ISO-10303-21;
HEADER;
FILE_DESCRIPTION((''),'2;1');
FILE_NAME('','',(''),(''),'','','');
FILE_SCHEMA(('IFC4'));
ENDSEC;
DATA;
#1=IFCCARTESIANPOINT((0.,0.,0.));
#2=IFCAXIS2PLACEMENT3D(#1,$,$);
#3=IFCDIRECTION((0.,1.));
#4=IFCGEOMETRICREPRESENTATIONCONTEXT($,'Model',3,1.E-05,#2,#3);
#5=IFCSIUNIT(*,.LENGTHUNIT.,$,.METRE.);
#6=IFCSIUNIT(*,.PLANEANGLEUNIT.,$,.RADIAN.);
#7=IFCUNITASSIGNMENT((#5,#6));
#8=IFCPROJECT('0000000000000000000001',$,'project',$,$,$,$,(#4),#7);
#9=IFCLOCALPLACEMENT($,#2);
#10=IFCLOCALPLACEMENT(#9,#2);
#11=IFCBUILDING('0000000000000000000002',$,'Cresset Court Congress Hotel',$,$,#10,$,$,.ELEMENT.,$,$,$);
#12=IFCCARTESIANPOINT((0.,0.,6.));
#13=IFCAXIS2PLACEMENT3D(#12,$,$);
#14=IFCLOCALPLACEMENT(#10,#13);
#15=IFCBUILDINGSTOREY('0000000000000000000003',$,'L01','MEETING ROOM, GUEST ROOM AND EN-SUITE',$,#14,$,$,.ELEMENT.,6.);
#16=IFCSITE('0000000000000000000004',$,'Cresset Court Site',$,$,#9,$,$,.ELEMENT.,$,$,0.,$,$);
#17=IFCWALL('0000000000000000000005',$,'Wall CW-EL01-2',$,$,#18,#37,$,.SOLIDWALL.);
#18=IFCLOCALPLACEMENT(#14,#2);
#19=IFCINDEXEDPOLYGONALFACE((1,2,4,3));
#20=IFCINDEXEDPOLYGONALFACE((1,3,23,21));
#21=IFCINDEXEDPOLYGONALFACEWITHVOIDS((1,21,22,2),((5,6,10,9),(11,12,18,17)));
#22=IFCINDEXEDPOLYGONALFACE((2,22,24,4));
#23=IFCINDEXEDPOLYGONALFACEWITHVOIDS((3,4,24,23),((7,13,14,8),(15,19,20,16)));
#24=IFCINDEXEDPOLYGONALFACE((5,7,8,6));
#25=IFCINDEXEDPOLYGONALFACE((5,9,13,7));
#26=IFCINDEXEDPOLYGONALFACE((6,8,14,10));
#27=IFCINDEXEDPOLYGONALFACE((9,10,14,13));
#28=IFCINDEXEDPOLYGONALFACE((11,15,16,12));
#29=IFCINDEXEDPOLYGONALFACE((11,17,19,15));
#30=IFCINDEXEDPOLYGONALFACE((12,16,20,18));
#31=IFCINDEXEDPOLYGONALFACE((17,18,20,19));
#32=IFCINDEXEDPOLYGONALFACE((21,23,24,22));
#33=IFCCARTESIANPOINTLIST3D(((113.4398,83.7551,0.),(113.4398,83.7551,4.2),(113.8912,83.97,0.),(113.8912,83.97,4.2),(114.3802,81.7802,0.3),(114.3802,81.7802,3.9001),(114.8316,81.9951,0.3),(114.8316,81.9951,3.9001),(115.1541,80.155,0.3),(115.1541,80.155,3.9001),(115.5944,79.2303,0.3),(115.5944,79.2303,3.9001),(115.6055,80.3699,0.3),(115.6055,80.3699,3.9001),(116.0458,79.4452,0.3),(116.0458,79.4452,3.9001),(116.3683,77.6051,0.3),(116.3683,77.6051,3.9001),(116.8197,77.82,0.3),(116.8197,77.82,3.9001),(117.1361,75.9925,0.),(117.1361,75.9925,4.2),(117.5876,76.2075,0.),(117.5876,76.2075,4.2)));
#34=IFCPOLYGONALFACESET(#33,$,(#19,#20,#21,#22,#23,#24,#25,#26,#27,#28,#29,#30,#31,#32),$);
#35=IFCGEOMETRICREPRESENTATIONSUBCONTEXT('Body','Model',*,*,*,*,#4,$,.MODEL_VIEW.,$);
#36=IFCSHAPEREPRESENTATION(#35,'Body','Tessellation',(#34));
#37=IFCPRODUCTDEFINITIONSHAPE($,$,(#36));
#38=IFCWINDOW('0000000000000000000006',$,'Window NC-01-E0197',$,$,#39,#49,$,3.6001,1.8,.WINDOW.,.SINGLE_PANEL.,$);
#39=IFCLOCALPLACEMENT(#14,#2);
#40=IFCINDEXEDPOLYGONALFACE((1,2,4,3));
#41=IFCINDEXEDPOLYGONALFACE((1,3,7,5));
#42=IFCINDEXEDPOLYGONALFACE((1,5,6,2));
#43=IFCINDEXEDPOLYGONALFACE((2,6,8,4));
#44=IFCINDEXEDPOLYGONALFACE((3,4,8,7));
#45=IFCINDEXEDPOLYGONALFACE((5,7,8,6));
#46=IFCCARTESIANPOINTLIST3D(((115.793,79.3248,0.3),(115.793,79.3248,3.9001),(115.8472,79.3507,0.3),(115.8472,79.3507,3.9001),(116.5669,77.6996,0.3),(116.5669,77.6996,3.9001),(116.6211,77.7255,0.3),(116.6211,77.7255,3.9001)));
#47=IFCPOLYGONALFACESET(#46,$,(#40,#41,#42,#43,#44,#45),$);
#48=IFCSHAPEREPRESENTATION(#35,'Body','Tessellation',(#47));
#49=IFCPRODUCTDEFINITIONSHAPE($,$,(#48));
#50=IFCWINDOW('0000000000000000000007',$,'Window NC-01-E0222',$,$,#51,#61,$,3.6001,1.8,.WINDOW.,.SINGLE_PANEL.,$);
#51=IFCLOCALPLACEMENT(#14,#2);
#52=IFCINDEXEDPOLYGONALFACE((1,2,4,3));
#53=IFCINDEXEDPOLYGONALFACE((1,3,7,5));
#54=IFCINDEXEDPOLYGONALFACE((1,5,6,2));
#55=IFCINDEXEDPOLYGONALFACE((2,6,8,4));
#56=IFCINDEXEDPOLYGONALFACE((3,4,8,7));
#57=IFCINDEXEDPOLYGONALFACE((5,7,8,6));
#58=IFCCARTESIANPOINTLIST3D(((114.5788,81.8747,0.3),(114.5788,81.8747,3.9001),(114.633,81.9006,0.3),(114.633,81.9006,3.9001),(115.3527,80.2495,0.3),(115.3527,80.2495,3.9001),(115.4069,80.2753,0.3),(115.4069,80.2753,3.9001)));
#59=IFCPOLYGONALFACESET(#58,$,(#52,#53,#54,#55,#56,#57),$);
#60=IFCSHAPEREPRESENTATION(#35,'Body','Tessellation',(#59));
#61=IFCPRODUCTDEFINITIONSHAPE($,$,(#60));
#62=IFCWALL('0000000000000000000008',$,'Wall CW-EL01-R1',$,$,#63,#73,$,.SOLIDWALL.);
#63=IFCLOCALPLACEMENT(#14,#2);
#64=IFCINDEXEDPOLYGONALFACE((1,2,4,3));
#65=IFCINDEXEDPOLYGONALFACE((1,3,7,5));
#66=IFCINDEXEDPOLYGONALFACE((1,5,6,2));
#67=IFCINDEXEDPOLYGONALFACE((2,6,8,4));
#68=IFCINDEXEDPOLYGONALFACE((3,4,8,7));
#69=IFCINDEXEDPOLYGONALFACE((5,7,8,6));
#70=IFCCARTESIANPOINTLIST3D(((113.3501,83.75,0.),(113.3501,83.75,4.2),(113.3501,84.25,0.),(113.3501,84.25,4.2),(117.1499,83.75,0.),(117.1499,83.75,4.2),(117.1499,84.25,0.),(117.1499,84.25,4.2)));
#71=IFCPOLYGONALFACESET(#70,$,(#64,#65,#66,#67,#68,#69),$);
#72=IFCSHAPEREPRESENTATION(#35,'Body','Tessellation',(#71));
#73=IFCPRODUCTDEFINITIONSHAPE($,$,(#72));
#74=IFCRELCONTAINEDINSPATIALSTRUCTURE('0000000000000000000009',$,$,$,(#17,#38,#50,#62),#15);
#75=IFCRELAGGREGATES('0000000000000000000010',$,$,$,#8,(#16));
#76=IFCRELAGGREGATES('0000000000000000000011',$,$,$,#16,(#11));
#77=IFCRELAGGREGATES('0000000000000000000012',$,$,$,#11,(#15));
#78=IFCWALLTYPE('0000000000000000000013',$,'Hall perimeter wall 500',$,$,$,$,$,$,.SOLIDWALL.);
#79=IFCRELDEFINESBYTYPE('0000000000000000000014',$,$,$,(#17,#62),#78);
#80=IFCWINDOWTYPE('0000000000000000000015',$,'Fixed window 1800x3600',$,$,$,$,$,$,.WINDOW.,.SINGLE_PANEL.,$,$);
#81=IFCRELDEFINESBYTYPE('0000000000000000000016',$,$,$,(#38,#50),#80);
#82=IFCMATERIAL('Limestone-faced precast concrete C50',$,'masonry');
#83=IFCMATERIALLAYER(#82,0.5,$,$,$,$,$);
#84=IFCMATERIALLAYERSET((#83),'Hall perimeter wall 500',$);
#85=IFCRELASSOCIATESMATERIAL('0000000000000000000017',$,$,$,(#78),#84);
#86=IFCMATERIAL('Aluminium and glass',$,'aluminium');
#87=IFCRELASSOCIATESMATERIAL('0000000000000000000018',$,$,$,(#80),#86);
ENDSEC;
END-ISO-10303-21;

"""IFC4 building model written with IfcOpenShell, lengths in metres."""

from ifc_helpers import new_model, si_unit, direction, frame, frame_2d, origin, place, context, subcontext, project, spatial, rectangle, extrude, material, layer, layer_set, type_object, element, fill, save


model = new_model("IFC4")

# Units and contexts
model_context = context("Model", 3, precision=1e-05, world=origin(), true_north=direction((0.0, 1.0)))
body_context = subcontext(model_context, "Body", "Model", "MODEL_VIEW")
ifc_project = project(units=[si_unit("LENGTHUNIT", "METRE"), si_unit("PLANEANGLEUNIT", "RADIAN")], contexts=[model_context])

# Site, building, storey
site_placement = place(None, origin())
site = spatial("IfcSite", under=ifc_project, at=site_placement, Name="Cresset Court Site", CompositionType="ELEMENT", RefElevation=0.0)
building_placement = place(site_placement, origin())
building = spatial("IfcBuilding", under=site, at=building_placement, Name="Cresset Court Congress Hotel", CompositionType="ELEMENT")
storey_placement = place(building_placement, frame((0.0, 0.0, 6.0)))
storey = spatial("IfcBuildingStorey", under=building, at=storey_placement, Name="L01", Description="MEETING ROOM, GUEST ROOM AND EN-SUITE", CompositionType="ELEMENT", Elevation=6.0)

# Wall, openings, windows
ifc_material_1 = material(Name="Limestone-faced precast concrete C50", Category="masonry")
ifc_layer_1 = layer(ifc_material_1, 0.5)
ifc_layer_set_1 = layer_set([ifc_layer_1], Name="Hall perimeter wall 500")
wall_type_1 = type_object("IfcWallType", Name="Hall perimeter wall 500", PredefinedType="SOLIDWALL", material=ifc_layer_set_1)
wall_1_placement = place(storey_placement, frame((113.6655, 83.8625, 0.0), z_axis=(0.0, 0.0, 1.0), x_axis=(0.429923, -0.902866, 0.0)))
wall_1 = element("IfcWall", 1, at=wall_1_placement, inside=storey, type_object=wall_type_1, Name="Wall CW-EL01-2", PredefinedType="SOLIDWALL", context=body_context, shape_type="SweptSolid", body=[
    extrude(rectangle(XDim=8.5977, YDim=0.5, at=frame_2d((4.2988, 0.0))), origin(), (0.0, 0.0, 1.0), 4.2),
])
opening_1_placement = place(wall_1_placement, frame((5.0117, 0.0, 0.3)))
opening_1 = element("IfcOpeningElement", 2, at=opening_1_placement, cuts=wall_1, PredefinedType="OPENING", context=body_context, shape_type="SweptSolid", body=[
    extrude(rectangle(XDim=1.8, YDim=3.6001, at=frame_2d((0.8999, 1.8))), frame((0.0, 0.26, 0.0), z_axis=(0.0, -1.0, 0.0), x_axis=(1.0, 0.0, 0.0)), (0.0, 0.0, 1.0), 0.52),
])
opening_2_placement = place(wall_1_placement, frame((2.1875, 0.0, 0.3)))
opening_2 = element("IfcOpeningElement", 3, at=opening_2_placement, cuts=wall_1, PredefinedType="OPENING", context=body_context, shape_type="SweptSolid", body=[
    extrude(rectangle(XDim=1.8, YDim=3.6001, at=frame_2d((0.8999, 1.8))), frame((0.0, 0.26, 0.0), z_axis=(0.0, -1.0, 0.0), x_axis=(1.0, 0.0, 0.0)), (0.0, 0.0, 1.0), 0.52),
])
ifc_material_2 = material(Name="Aluminium and glass", Category="aluminium")
window_type = type_object("IfcWindowType", Name="Fixed window 1800x3600", PartitioningType="SINGLE_PANEL", PredefinedType="WINDOW", material=ifc_material_2)
window_1_placement = place(opening_1_placement, origin())
window_1 = element("IfcWindow", 4, at=window_1_placement, inside=storey, type_object=window_type, Name="Window NC-01-E0197", OverallHeight=3.6001, OverallWidth=1.8, PartitioningType="SINGLE_PANEL", PredefinedType="WINDOW", context=body_context, shape_type="SweptSolid", body=[
    extrude(rectangle(XDim=1.8, YDim=3.6001, at=frame_2d((0.8999, 1.8))), frame((0.0, 0.03, 0.0), z_axis=(0.0, -1.0, 0.0), x_axis=(1.0, 0.0, 0.0)), (0.0, 0.0, 1.0), 0.0601),
])
fill(opening_1, window_1)
window_2_placement = place(opening_2_placement, origin())
window_2 = element("IfcWindow", 5, at=window_2_placement, inside=storey, type_object=window_type, Name="Window NC-01-E0222", OverallHeight=3.6001, OverallWidth=1.8, PartitioningType="SINGLE_PANEL", PredefinedType="WINDOW", context=body_context, shape_type="SweptSolid", body=[
    extrude(rectangle(XDim=1.8, YDim=3.6001, at=frame_2d((0.8999, 1.8))), frame((0.0, 0.03, 0.0), z_axis=(0.0, -1.0, 0.0), x_axis=(1.0, 0.0, 0.0)), (0.0, 0.0, 1.0), 0.0601),
])
fill(opening_2, window_2)

# Wall
wall_2_placement = place(storey_placement, frame((113.3501, 84.0, 0.0), z_axis=(0.0, 0.0, 1.0), x_axis=(1.0, 0.0, 0.0)))
element("IfcWall", 6, at=wall_2_placement, inside=storey, type_object=wall_type_1, Name="Wall CW-EL01-R1", PredefinedType="SOLIDWALL", context=body_context, shape_type="SweptSolid", body=[
    extrude(rectangle(XDim=3.7998, YDim=0.5, at=frame_2d((1.8999, 0.0))), origin(), (0.0, 0.0, 1.0), 4.2),
])

save(model, "model.ifc")
